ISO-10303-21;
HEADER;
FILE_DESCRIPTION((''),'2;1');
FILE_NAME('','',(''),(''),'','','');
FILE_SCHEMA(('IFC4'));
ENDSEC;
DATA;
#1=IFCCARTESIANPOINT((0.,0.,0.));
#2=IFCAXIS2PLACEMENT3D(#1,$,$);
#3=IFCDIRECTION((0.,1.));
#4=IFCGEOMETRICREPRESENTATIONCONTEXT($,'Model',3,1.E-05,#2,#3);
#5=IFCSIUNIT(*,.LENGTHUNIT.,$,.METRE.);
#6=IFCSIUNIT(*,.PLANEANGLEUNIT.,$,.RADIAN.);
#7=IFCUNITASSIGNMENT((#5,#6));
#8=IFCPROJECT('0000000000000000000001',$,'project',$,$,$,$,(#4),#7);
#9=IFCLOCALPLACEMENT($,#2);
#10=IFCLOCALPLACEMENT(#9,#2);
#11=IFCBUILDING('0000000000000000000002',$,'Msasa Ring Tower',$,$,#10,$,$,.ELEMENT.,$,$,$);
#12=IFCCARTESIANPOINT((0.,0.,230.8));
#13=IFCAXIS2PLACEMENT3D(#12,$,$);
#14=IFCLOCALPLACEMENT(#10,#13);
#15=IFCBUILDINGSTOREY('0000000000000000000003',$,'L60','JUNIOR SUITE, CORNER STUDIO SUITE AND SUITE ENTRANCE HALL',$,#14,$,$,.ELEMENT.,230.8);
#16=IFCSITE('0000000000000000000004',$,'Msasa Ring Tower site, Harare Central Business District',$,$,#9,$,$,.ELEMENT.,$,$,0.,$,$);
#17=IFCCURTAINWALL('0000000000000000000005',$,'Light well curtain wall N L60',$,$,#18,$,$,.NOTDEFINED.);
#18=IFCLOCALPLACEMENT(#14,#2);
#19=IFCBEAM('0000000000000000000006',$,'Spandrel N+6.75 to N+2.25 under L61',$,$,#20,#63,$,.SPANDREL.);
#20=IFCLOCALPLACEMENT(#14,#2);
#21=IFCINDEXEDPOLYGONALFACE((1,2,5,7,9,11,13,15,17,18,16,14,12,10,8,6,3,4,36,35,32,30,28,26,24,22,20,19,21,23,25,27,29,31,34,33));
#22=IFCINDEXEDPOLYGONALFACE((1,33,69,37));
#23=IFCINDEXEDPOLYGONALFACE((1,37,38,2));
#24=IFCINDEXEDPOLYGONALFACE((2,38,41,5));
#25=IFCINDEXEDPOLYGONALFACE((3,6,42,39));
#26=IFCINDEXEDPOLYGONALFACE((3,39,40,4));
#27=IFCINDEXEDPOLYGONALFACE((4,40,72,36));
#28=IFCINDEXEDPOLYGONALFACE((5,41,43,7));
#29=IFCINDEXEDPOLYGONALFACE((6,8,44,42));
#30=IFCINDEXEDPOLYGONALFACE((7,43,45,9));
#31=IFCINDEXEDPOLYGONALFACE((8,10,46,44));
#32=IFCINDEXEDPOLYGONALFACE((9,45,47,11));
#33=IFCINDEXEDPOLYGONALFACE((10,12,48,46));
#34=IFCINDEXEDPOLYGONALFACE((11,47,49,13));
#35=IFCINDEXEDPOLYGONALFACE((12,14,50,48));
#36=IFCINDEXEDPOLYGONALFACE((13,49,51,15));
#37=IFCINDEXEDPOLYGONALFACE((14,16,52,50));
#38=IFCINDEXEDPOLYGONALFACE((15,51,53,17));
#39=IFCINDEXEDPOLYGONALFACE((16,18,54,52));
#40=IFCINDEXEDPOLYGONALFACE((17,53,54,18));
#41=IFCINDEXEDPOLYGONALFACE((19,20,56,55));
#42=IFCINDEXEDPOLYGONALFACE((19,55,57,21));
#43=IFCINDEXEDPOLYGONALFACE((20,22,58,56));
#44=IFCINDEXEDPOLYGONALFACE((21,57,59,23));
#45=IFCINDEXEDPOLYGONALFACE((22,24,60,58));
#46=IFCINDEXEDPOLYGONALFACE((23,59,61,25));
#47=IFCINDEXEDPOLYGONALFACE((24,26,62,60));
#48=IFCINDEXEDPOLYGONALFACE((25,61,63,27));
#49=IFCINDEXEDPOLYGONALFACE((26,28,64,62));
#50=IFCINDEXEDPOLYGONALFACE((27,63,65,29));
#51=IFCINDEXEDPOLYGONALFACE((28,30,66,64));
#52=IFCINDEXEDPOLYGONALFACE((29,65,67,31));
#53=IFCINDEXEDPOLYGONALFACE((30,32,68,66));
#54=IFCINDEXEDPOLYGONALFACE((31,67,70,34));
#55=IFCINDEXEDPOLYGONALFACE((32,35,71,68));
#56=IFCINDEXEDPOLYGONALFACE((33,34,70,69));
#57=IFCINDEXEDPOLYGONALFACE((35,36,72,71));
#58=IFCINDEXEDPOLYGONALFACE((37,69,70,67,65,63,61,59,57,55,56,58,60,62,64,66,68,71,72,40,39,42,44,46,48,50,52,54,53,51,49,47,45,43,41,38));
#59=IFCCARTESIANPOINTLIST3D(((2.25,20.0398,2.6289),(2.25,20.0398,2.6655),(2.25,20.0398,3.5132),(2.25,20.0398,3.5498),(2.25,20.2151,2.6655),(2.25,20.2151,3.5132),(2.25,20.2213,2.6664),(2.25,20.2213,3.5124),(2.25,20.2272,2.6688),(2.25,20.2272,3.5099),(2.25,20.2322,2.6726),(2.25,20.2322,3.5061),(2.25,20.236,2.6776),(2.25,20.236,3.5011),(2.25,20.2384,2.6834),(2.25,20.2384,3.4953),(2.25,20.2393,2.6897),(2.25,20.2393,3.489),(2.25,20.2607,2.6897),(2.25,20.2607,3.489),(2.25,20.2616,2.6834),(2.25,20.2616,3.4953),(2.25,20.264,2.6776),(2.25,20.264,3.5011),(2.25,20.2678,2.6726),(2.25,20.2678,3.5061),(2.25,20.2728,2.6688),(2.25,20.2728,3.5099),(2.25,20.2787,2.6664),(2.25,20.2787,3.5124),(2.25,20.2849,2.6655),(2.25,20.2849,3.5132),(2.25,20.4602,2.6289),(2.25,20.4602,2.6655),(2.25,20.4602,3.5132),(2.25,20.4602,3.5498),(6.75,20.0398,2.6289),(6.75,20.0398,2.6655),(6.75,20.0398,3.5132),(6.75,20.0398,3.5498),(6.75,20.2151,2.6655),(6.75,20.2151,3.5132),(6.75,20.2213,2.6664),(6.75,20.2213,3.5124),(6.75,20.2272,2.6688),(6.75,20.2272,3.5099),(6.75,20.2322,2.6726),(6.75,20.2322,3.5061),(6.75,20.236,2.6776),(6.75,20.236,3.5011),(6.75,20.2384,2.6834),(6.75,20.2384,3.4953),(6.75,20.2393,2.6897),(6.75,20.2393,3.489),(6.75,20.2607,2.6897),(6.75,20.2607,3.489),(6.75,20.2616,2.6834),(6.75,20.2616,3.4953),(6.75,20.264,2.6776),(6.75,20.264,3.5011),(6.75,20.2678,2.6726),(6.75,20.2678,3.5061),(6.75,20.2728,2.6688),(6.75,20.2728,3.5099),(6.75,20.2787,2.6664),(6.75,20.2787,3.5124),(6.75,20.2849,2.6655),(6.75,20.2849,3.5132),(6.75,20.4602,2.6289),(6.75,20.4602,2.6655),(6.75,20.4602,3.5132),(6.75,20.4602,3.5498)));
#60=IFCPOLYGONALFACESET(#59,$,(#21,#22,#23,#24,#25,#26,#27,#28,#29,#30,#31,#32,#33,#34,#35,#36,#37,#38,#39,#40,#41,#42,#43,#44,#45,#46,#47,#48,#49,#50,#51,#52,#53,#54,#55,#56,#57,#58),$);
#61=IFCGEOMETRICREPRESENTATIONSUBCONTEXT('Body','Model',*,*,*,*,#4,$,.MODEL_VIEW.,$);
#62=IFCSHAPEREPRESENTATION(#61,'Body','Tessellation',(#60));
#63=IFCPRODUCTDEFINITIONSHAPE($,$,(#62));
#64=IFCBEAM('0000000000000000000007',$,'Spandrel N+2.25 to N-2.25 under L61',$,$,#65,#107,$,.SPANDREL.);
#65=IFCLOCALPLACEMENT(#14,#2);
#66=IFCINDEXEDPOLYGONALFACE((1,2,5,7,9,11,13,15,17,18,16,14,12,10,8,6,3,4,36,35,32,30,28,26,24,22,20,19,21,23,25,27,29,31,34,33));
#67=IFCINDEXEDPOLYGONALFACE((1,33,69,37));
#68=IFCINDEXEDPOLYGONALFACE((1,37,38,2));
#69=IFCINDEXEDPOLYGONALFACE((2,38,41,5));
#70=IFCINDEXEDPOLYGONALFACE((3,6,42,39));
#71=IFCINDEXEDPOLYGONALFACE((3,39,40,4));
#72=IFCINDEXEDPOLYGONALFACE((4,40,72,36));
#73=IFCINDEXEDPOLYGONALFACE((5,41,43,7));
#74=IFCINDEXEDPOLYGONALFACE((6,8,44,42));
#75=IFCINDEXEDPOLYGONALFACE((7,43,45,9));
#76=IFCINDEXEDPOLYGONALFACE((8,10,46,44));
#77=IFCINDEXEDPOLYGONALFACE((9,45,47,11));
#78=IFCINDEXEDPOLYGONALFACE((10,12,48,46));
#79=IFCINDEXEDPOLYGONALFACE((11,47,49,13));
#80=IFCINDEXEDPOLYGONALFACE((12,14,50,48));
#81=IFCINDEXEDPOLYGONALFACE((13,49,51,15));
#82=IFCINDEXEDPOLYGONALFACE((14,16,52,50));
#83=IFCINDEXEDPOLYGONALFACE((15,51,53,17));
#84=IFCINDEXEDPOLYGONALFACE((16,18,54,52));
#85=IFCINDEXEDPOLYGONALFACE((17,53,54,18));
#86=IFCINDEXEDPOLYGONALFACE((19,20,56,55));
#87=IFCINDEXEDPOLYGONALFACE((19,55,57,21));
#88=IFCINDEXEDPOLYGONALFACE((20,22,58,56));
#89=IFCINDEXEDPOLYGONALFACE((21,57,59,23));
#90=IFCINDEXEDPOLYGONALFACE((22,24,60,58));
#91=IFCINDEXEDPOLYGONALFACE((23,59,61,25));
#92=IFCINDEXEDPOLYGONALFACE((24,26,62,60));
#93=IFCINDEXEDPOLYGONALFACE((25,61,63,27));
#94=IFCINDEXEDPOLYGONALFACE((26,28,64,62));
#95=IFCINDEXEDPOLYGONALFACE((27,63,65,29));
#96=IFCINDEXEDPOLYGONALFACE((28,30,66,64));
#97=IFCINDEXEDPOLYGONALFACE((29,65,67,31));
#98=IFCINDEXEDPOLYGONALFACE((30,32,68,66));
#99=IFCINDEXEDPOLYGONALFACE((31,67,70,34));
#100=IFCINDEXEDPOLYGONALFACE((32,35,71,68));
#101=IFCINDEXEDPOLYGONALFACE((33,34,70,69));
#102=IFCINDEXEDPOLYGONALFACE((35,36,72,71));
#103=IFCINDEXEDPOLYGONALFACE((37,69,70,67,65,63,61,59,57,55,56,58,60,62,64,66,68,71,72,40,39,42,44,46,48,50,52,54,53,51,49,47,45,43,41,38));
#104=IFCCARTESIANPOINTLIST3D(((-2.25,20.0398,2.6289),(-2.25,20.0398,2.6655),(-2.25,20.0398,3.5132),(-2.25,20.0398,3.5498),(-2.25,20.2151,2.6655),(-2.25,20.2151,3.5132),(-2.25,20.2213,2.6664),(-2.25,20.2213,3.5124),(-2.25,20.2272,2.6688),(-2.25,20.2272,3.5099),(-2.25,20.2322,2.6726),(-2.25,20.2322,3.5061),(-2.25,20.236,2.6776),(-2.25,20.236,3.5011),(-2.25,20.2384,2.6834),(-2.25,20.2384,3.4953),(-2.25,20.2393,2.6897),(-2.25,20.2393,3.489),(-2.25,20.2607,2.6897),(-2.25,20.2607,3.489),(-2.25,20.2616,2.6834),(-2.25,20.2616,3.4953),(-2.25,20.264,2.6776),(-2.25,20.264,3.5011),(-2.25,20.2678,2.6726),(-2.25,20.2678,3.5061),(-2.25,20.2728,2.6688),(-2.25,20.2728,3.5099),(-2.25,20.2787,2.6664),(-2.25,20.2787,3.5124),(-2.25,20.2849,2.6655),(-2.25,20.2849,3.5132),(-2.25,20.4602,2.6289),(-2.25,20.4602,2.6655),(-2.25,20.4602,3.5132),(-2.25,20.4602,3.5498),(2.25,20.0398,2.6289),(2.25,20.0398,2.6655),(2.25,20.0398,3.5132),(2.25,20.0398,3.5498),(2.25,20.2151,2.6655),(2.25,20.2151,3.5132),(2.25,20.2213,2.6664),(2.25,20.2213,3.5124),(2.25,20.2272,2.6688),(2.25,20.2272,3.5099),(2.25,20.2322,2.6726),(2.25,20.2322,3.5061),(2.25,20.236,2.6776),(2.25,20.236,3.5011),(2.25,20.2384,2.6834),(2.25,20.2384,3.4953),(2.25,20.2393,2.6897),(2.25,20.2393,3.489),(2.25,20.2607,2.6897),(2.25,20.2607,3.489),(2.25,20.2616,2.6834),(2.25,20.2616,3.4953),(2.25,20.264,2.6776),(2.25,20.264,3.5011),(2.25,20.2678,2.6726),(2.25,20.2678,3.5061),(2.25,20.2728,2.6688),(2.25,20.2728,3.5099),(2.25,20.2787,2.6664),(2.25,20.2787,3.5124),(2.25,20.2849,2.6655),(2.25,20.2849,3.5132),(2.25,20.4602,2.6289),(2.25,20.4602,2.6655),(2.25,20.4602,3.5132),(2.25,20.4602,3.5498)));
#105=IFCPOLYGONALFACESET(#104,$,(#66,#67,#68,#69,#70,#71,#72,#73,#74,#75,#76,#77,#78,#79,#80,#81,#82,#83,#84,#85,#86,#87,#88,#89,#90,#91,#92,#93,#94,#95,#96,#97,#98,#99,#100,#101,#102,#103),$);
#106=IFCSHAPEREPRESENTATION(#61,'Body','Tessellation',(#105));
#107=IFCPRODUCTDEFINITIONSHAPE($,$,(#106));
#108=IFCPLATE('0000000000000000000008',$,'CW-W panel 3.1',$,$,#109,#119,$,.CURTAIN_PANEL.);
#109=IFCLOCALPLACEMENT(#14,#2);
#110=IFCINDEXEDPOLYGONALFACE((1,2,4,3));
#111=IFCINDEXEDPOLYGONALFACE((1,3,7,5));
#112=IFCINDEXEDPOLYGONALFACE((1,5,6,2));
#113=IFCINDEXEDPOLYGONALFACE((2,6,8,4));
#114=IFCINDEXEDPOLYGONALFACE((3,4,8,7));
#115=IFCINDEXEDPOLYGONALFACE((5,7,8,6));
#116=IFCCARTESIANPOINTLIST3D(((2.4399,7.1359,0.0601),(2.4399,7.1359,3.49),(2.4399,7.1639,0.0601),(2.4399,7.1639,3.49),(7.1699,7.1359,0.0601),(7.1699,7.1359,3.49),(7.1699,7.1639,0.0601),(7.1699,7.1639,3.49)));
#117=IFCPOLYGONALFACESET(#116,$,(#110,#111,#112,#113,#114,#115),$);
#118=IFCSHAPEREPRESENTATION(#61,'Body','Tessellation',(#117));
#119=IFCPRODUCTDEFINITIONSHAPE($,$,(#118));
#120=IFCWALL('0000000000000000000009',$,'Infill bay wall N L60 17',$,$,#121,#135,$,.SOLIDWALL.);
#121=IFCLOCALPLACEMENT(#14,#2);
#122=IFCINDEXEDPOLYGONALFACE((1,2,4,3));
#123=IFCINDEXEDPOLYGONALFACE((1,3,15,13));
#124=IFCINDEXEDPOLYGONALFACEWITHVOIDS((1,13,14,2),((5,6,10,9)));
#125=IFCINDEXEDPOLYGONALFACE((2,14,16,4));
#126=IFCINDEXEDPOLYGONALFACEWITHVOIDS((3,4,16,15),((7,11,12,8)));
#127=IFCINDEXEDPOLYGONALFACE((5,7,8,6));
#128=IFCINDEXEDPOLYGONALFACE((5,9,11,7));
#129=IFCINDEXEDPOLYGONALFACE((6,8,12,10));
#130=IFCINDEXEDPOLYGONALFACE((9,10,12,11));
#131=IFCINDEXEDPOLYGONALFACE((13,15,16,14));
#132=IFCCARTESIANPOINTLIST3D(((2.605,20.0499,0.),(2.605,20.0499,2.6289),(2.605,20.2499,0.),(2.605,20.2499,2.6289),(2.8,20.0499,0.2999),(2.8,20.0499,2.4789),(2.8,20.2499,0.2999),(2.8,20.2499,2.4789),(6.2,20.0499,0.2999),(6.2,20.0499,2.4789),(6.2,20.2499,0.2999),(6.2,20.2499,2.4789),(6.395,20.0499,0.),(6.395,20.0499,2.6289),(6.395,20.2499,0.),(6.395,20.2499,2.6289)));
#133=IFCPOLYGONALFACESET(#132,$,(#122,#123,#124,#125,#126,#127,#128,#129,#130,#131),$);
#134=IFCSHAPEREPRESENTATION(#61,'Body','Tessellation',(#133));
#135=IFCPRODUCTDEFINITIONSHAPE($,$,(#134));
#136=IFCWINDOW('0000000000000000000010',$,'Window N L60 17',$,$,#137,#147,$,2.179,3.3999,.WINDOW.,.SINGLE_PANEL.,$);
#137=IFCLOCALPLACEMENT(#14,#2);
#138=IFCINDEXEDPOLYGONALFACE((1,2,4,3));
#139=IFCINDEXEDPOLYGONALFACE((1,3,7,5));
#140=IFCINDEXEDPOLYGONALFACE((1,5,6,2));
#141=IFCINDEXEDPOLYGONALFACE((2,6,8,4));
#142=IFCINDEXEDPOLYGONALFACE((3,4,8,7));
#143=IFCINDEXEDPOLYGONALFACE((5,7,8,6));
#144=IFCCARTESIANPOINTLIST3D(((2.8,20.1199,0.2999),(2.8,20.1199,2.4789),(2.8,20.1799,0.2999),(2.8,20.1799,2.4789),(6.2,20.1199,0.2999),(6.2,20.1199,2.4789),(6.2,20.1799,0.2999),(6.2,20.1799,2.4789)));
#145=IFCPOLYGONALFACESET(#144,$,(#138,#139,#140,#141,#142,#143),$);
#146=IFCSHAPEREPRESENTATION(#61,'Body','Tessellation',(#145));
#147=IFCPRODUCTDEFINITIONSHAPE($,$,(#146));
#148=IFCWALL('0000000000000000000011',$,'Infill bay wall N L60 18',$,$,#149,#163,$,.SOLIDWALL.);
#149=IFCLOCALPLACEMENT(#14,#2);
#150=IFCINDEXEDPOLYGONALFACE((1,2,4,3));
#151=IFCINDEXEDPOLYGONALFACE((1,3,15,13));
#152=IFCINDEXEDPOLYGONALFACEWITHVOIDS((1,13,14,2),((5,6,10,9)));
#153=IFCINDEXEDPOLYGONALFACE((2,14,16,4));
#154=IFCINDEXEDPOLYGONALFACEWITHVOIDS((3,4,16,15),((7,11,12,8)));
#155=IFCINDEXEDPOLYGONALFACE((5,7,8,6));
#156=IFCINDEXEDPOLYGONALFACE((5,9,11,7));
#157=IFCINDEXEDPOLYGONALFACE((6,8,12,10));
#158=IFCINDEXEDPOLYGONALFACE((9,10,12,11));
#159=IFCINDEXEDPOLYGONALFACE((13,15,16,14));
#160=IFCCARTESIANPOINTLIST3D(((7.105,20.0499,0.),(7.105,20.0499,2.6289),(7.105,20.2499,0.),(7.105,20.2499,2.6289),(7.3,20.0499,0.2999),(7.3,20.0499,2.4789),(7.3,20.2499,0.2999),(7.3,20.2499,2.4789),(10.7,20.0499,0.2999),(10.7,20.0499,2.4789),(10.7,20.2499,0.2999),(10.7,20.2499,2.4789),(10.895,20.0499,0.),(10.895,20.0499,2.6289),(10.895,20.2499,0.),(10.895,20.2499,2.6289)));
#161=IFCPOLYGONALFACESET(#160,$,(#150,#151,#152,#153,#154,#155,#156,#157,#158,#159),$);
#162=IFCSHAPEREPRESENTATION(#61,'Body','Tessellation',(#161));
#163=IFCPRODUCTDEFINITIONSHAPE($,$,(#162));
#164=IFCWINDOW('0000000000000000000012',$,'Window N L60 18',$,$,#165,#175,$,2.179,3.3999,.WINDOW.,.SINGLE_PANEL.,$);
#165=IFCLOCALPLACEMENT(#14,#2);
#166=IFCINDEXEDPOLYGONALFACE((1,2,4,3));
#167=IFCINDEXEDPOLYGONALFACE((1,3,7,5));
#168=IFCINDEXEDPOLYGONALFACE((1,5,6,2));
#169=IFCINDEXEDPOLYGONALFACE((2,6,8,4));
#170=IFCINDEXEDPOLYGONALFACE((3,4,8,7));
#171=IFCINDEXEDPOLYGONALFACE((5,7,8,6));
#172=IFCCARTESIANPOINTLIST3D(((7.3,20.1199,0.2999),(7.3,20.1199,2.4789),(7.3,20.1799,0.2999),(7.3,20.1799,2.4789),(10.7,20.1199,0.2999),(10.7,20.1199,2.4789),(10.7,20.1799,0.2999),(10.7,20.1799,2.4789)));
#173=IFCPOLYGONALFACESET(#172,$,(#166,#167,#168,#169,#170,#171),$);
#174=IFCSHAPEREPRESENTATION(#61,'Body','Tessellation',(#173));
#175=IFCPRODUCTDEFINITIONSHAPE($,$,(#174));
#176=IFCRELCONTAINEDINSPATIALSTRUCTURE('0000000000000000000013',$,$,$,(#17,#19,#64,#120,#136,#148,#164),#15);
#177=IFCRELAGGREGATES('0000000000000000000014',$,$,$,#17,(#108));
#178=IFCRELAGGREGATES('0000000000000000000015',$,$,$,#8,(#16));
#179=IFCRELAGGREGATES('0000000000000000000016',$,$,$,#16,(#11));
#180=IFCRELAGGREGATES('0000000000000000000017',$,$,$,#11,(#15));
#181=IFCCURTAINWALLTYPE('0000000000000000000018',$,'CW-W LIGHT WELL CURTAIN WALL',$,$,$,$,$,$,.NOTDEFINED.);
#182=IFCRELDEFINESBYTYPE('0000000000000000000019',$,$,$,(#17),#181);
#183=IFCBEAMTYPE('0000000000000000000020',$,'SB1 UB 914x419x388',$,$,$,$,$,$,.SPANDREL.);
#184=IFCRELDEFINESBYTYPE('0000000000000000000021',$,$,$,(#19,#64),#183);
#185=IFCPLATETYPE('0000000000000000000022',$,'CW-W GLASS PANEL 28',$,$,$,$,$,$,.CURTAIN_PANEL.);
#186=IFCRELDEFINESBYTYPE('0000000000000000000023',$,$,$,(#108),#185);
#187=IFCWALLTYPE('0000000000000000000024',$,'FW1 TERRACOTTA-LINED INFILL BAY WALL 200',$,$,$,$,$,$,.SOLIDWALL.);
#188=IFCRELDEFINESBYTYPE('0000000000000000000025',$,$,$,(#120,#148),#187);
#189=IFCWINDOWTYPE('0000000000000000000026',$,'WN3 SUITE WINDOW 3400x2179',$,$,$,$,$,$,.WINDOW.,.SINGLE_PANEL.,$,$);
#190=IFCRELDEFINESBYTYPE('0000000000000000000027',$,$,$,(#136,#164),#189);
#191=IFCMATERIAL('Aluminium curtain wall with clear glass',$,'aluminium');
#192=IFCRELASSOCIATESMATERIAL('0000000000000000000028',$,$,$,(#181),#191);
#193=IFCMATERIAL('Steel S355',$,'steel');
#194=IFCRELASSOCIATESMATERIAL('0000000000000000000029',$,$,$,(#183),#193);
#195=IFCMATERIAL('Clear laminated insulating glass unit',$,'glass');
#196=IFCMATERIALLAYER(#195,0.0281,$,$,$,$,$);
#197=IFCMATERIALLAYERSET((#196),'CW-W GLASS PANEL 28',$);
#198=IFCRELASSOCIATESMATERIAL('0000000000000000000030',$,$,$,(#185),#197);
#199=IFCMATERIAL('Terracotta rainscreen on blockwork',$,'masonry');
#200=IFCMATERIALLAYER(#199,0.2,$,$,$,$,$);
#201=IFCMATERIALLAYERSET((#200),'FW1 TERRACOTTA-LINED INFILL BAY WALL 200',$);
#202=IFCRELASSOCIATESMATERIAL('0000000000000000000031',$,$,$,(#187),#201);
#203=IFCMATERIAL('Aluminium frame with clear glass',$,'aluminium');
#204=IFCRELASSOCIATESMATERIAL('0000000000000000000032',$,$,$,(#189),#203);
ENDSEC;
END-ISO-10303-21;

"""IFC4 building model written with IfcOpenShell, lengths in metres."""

from ifc_helpers import new_model, si_unit, direction, frame, frame_2d, origin, origin_2d, place, context, subcontext, project, spatial, rectangle, i_section, extrude, material, layer, layer_set, material_profile, profile_set, type_object, element, fill, aggregate, save


model = new_model("IFC4")

# Units and contexts
model_context = context("Model", 3, precision=1e-05, world=origin(), true_north=direction((0.0, 1.0)))
body_context = subcontext(model_context, "Body", "Model", "MODEL_VIEW")
ifc_project = project(units=[si_unit("LENGTHUNIT", "METRE"), si_unit("PLANEANGLEUNIT", "RADIAN")], contexts=[model_context])

# Site, building, storey
site_placement = place(None, origin())
site = spatial("IfcSite", under=ifc_project, at=site_placement, Name="Msasa Ring Tower site, Harare Central Business District", CompositionType="ELEMENT", RefElevation=0.0)
building_placement = place(site_placement, origin())
building = spatial("IfcBuilding", under=site, at=building_placement, Name="Msasa Ring Tower", CompositionType="ELEMENT")
storey_placement = place(building_placement, frame((0.0, 0.0, 230.8)))
storey = spatial("IfcBuildingStorey", under=building, at=storey_placement, Name="L60", Description="JUNIOR SUITE, CORNER STUDIO SUITE AND SUITE ENTRANCE HALL", CompositionType="ELEMENT", Elevation=230.8)

# Curtain wall
ifc_material_1 = material(Name="Aluminium curtain wall with clear glass", Category="aluminium")
curtain_wall_type = type_object("IfcCurtainWallType", Name="CW-W LIGHT WELL CURTAIN WALL", PredefinedType="NOTDEFINED", material=ifc_material_1)
curtain_wall_1_placement = place(storey_placement, origin())
curtain_wall_1 = element("IfcCurtainWall", 1, at=curtain_wall_1_placement, inside=storey, type_object=curtain_wall_type, Name="Light well curtain wall N L60", PredefinedType="NOTDEFINED")

# Beams
ifc_material_2 = material(Name="Steel S355", Category="steel")
ifc_material_profile_1 = material_profile(ifc_material_2, i_section(OverallWidth=0.4204, OverallDepth=0.9209, WebThickness=0.0215, FlangeThickness=0.0366, FilletRadius=0.0242, at=origin_2d()), Name="UB 914x419x388")
ifc_profile_set_1 = profile_set([ifc_material_profile_1], Name="Steel S355")
beam_type_1 = type_object("IfcBeamType", Name="SB1 UB 914x419x388", PredefinedType="SPANDREL", material=ifc_profile_set_1)
for number, where, z_axis, x_axis, name in (
    (2, (6.75, 20.25, 3.0894), (-1.0, 0.0, 0.0), (0.0, -1.0, 0.0), "Spandrel N+6.75 to N+2.25 under L61"),
    (3, (2.25, 20.25, 3.0894), (-1.0, 0.0, 0.0), (0.0, -1.0, 0.0), "Spandrel N+2.25 to N-2.25 under L61"),
):
    element("IfcBeam", number, at=place(storey_placement, frame(where, z_axis=z_axis, x_axis=x_axis)), inside=storey, type_object=beam_type_1, Name=name, PredefinedType="SPANDREL", context=body_context, shape_type="SweptSolid", body=[
        extrude(i_section(OverallWidth=0.4204, OverallDepth=0.9209, WebThickness=0.0215, FlangeThickness=0.0366, FilletRadius=0.0242, at=origin_2d()), origin(), (0.0, 0.0, 1.0), 4.5),
    ])

# Plate
ifc_material_3 = material(Name="Clear laminated insulating glass unit", Category="glass")
ifc_layer_1 = layer(ifc_material_3, 0.0281)
ifc_layer_set_1 = layer_set([ifc_layer_1], Name="CW-W GLASS PANEL 28")
plate_type = type_object("IfcPlateType", Name="CW-W GLASS PANEL 28", PredefinedType="CURTAIN_PANEL", material=ifc_layer_set_1)
plate_placement = place(storey_placement, frame((4.8049, 7.1499, 0.0601), z_axis=(0.0, 0.0, 1.0), x_axis=(1.0, 0.0, 0.0)))
plate = element("IfcPlate", 4, at=plate_placement, type_object=plate_type, Name="CW-W panel 3.1", PredefinedType="CURTAIN_PANEL", context=body_context, shape_type="SweptSolid", body=[
    extrude(rectangle(XDim=4.73, YDim=0.0281, at=origin_2d()), origin(), (0.0, 0.0, 1.0), 3.4299),
])
aggregate(curtain_wall_1, [plate])

# Walls, openings, windows
ifc_material_4 = material(Name="Terracotta rainscreen on blockwork", Category="masonry")
ifc_layer_2 = layer(ifc_material_4, 0.2)
ifc_layer_set_2 = layer_set([ifc_layer_2], Name="FW1 TERRACOTTA-LINED INFILL BAY WALL 200")
wall_type_1 = type_object("IfcWallType", Name="FW1 TERRACOTTA-LINED INFILL BAY WALL 200", PredefinedType="SOLIDWALL", material=ifc_layer_set_2)
wall_1_placement = place(storey_placement, frame((2.605, 20.1499, 0.0), z_axis=(0.0, 0.0, 1.0), x_axis=(1.0, 0.0, 0.0)))
wall_1 = element("IfcWall", 5, at=wall_1_placement, inside=storey, type_object=wall_type_1, Name="Infill bay wall N L60 17", PredefinedType="SOLIDWALL", context=body_context, shape_type="SweptSolid", body=[
    extrude(rectangle(XDim=3.79, YDim=0.2, at=frame_2d((1.895, 0.0))), origin(), (0.0, 0.0, 1.0), 2.6289),
])
opening_1_placement = place(wall_1_placement, frame((0.1951, 0.0, 0.3)))
opening_1 = element("IfcOpeningElement", 6, at=opening_1_placement, cuts=wall_1, PredefinedType="OPENING", context=body_context, shape_type="SweptSolid", body=[
    extrude(rectangle(XDim=3.3999, YDim=2.179, at=frame_2d((1.7, 1.0894))), frame((0.0, 0.1099, 0.0), z_axis=(0.0, -1.0, 0.0), x_axis=(1.0, 0.0, 0.0)), (0.0, 0.0, 1.0), 0.22),
])
ifc_material_5 = material(Name="Aluminium frame with clear glass", Category="aluminium")
window_type = type_object("IfcWindowType", Name="WN3 SUITE WINDOW 3400x2179", PartitioningType="SINGLE_PANEL", PredefinedType="WINDOW", material=ifc_material_5)
window_1_placement = place(opening_1_placement, origin())
window_1 = element("IfcWindow", 7, at=window_1_placement, inside=storey, type_object=window_type, Name="Window N L60 17", OverallHeight=2.179, OverallWidth=3.3999, PartitioningType="SINGLE_PANEL", PredefinedType="WINDOW", context=body_context, shape_type="SweptSolid", body=[
    extrude(rectangle(XDim=3.3999, YDim=2.179, at=frame_2d((1.7, 1.0894))), frame((0.0, 0.03, 0.0), z_axis=(0.0, -1.0, 0.0), x_axis=(1.0, 0.0, 0.0)), (0.0, 0.0, 1.0), 0.0601),
])
fill(opening_1, window_1)
wall_2_placement = place(storey_placement, frame((7.105, 20.1499, 0.0), z_axis=(0.0, 0.0, 1.0), x_axis=(1.0, 0.0, 0.0)))
wall_2 = element("IfcWall", 8, at=wall_2_placement, inside=storey, type_object=wall_type_1, Name="Infill bay wall N L60 18", PredefinedType="SOLIDWALL", context=body_context, shape_type="SweptSolid", body=[
    extrude(rectangle(XDim=3.79, YDim=0.2, at=frame_2d((1.895, 0.0))), origin(), (0.0, 0.0, 1.0), 2.6289),
])
opening_2_placement = place(wall_2_placement, frame((0.1951, 0.0, 0.3)))
opening_2 = element("IfcOpeningElement", 9, at=opening_2_placement, cuts=wall_2, PredefinedType="OPENING", context=body_context, shape_type="SweptSolid", body=[
    extrude(rectangle(XDim=3.3999, YDim=2.179, at=frame_2d((1.7, 1.0894))), frame((0.0, 0.1099, 0.0), z_axis=(0.0, -1.0, 0.0), x_axis=(1.0, 0.0, 0.0)), (0.0, 0.0, 1.0), 0.22),
])
window_2_placement = place(opening_2_placement, origin())
window_2 = element("IfcWindow", 10, at=window_2_placement, inside=storey, type_object=window_type, Name="Window N L60 18", OverallHeight=2.179, OverallWidth=3.3999, PartitioningType="SINGLE_PANEL", PredefinedType="WINDOW", context=body_context, shape_type="SweptSolid", body=[
    extrude(rectangle(XDim=3.3999, YDim=2.179, at=frame_2d((1.7, 1.0894))), frame((0.0, 0.03, 0.0), z_axis=(0.0, -1.0, 0.0), x_axis=(1.0, 0.0, 0.0)), (0.0, 0.0, 1.0), 0.0601),
])
fill(opening_2, window_2)

save(model, "model.ifc")
